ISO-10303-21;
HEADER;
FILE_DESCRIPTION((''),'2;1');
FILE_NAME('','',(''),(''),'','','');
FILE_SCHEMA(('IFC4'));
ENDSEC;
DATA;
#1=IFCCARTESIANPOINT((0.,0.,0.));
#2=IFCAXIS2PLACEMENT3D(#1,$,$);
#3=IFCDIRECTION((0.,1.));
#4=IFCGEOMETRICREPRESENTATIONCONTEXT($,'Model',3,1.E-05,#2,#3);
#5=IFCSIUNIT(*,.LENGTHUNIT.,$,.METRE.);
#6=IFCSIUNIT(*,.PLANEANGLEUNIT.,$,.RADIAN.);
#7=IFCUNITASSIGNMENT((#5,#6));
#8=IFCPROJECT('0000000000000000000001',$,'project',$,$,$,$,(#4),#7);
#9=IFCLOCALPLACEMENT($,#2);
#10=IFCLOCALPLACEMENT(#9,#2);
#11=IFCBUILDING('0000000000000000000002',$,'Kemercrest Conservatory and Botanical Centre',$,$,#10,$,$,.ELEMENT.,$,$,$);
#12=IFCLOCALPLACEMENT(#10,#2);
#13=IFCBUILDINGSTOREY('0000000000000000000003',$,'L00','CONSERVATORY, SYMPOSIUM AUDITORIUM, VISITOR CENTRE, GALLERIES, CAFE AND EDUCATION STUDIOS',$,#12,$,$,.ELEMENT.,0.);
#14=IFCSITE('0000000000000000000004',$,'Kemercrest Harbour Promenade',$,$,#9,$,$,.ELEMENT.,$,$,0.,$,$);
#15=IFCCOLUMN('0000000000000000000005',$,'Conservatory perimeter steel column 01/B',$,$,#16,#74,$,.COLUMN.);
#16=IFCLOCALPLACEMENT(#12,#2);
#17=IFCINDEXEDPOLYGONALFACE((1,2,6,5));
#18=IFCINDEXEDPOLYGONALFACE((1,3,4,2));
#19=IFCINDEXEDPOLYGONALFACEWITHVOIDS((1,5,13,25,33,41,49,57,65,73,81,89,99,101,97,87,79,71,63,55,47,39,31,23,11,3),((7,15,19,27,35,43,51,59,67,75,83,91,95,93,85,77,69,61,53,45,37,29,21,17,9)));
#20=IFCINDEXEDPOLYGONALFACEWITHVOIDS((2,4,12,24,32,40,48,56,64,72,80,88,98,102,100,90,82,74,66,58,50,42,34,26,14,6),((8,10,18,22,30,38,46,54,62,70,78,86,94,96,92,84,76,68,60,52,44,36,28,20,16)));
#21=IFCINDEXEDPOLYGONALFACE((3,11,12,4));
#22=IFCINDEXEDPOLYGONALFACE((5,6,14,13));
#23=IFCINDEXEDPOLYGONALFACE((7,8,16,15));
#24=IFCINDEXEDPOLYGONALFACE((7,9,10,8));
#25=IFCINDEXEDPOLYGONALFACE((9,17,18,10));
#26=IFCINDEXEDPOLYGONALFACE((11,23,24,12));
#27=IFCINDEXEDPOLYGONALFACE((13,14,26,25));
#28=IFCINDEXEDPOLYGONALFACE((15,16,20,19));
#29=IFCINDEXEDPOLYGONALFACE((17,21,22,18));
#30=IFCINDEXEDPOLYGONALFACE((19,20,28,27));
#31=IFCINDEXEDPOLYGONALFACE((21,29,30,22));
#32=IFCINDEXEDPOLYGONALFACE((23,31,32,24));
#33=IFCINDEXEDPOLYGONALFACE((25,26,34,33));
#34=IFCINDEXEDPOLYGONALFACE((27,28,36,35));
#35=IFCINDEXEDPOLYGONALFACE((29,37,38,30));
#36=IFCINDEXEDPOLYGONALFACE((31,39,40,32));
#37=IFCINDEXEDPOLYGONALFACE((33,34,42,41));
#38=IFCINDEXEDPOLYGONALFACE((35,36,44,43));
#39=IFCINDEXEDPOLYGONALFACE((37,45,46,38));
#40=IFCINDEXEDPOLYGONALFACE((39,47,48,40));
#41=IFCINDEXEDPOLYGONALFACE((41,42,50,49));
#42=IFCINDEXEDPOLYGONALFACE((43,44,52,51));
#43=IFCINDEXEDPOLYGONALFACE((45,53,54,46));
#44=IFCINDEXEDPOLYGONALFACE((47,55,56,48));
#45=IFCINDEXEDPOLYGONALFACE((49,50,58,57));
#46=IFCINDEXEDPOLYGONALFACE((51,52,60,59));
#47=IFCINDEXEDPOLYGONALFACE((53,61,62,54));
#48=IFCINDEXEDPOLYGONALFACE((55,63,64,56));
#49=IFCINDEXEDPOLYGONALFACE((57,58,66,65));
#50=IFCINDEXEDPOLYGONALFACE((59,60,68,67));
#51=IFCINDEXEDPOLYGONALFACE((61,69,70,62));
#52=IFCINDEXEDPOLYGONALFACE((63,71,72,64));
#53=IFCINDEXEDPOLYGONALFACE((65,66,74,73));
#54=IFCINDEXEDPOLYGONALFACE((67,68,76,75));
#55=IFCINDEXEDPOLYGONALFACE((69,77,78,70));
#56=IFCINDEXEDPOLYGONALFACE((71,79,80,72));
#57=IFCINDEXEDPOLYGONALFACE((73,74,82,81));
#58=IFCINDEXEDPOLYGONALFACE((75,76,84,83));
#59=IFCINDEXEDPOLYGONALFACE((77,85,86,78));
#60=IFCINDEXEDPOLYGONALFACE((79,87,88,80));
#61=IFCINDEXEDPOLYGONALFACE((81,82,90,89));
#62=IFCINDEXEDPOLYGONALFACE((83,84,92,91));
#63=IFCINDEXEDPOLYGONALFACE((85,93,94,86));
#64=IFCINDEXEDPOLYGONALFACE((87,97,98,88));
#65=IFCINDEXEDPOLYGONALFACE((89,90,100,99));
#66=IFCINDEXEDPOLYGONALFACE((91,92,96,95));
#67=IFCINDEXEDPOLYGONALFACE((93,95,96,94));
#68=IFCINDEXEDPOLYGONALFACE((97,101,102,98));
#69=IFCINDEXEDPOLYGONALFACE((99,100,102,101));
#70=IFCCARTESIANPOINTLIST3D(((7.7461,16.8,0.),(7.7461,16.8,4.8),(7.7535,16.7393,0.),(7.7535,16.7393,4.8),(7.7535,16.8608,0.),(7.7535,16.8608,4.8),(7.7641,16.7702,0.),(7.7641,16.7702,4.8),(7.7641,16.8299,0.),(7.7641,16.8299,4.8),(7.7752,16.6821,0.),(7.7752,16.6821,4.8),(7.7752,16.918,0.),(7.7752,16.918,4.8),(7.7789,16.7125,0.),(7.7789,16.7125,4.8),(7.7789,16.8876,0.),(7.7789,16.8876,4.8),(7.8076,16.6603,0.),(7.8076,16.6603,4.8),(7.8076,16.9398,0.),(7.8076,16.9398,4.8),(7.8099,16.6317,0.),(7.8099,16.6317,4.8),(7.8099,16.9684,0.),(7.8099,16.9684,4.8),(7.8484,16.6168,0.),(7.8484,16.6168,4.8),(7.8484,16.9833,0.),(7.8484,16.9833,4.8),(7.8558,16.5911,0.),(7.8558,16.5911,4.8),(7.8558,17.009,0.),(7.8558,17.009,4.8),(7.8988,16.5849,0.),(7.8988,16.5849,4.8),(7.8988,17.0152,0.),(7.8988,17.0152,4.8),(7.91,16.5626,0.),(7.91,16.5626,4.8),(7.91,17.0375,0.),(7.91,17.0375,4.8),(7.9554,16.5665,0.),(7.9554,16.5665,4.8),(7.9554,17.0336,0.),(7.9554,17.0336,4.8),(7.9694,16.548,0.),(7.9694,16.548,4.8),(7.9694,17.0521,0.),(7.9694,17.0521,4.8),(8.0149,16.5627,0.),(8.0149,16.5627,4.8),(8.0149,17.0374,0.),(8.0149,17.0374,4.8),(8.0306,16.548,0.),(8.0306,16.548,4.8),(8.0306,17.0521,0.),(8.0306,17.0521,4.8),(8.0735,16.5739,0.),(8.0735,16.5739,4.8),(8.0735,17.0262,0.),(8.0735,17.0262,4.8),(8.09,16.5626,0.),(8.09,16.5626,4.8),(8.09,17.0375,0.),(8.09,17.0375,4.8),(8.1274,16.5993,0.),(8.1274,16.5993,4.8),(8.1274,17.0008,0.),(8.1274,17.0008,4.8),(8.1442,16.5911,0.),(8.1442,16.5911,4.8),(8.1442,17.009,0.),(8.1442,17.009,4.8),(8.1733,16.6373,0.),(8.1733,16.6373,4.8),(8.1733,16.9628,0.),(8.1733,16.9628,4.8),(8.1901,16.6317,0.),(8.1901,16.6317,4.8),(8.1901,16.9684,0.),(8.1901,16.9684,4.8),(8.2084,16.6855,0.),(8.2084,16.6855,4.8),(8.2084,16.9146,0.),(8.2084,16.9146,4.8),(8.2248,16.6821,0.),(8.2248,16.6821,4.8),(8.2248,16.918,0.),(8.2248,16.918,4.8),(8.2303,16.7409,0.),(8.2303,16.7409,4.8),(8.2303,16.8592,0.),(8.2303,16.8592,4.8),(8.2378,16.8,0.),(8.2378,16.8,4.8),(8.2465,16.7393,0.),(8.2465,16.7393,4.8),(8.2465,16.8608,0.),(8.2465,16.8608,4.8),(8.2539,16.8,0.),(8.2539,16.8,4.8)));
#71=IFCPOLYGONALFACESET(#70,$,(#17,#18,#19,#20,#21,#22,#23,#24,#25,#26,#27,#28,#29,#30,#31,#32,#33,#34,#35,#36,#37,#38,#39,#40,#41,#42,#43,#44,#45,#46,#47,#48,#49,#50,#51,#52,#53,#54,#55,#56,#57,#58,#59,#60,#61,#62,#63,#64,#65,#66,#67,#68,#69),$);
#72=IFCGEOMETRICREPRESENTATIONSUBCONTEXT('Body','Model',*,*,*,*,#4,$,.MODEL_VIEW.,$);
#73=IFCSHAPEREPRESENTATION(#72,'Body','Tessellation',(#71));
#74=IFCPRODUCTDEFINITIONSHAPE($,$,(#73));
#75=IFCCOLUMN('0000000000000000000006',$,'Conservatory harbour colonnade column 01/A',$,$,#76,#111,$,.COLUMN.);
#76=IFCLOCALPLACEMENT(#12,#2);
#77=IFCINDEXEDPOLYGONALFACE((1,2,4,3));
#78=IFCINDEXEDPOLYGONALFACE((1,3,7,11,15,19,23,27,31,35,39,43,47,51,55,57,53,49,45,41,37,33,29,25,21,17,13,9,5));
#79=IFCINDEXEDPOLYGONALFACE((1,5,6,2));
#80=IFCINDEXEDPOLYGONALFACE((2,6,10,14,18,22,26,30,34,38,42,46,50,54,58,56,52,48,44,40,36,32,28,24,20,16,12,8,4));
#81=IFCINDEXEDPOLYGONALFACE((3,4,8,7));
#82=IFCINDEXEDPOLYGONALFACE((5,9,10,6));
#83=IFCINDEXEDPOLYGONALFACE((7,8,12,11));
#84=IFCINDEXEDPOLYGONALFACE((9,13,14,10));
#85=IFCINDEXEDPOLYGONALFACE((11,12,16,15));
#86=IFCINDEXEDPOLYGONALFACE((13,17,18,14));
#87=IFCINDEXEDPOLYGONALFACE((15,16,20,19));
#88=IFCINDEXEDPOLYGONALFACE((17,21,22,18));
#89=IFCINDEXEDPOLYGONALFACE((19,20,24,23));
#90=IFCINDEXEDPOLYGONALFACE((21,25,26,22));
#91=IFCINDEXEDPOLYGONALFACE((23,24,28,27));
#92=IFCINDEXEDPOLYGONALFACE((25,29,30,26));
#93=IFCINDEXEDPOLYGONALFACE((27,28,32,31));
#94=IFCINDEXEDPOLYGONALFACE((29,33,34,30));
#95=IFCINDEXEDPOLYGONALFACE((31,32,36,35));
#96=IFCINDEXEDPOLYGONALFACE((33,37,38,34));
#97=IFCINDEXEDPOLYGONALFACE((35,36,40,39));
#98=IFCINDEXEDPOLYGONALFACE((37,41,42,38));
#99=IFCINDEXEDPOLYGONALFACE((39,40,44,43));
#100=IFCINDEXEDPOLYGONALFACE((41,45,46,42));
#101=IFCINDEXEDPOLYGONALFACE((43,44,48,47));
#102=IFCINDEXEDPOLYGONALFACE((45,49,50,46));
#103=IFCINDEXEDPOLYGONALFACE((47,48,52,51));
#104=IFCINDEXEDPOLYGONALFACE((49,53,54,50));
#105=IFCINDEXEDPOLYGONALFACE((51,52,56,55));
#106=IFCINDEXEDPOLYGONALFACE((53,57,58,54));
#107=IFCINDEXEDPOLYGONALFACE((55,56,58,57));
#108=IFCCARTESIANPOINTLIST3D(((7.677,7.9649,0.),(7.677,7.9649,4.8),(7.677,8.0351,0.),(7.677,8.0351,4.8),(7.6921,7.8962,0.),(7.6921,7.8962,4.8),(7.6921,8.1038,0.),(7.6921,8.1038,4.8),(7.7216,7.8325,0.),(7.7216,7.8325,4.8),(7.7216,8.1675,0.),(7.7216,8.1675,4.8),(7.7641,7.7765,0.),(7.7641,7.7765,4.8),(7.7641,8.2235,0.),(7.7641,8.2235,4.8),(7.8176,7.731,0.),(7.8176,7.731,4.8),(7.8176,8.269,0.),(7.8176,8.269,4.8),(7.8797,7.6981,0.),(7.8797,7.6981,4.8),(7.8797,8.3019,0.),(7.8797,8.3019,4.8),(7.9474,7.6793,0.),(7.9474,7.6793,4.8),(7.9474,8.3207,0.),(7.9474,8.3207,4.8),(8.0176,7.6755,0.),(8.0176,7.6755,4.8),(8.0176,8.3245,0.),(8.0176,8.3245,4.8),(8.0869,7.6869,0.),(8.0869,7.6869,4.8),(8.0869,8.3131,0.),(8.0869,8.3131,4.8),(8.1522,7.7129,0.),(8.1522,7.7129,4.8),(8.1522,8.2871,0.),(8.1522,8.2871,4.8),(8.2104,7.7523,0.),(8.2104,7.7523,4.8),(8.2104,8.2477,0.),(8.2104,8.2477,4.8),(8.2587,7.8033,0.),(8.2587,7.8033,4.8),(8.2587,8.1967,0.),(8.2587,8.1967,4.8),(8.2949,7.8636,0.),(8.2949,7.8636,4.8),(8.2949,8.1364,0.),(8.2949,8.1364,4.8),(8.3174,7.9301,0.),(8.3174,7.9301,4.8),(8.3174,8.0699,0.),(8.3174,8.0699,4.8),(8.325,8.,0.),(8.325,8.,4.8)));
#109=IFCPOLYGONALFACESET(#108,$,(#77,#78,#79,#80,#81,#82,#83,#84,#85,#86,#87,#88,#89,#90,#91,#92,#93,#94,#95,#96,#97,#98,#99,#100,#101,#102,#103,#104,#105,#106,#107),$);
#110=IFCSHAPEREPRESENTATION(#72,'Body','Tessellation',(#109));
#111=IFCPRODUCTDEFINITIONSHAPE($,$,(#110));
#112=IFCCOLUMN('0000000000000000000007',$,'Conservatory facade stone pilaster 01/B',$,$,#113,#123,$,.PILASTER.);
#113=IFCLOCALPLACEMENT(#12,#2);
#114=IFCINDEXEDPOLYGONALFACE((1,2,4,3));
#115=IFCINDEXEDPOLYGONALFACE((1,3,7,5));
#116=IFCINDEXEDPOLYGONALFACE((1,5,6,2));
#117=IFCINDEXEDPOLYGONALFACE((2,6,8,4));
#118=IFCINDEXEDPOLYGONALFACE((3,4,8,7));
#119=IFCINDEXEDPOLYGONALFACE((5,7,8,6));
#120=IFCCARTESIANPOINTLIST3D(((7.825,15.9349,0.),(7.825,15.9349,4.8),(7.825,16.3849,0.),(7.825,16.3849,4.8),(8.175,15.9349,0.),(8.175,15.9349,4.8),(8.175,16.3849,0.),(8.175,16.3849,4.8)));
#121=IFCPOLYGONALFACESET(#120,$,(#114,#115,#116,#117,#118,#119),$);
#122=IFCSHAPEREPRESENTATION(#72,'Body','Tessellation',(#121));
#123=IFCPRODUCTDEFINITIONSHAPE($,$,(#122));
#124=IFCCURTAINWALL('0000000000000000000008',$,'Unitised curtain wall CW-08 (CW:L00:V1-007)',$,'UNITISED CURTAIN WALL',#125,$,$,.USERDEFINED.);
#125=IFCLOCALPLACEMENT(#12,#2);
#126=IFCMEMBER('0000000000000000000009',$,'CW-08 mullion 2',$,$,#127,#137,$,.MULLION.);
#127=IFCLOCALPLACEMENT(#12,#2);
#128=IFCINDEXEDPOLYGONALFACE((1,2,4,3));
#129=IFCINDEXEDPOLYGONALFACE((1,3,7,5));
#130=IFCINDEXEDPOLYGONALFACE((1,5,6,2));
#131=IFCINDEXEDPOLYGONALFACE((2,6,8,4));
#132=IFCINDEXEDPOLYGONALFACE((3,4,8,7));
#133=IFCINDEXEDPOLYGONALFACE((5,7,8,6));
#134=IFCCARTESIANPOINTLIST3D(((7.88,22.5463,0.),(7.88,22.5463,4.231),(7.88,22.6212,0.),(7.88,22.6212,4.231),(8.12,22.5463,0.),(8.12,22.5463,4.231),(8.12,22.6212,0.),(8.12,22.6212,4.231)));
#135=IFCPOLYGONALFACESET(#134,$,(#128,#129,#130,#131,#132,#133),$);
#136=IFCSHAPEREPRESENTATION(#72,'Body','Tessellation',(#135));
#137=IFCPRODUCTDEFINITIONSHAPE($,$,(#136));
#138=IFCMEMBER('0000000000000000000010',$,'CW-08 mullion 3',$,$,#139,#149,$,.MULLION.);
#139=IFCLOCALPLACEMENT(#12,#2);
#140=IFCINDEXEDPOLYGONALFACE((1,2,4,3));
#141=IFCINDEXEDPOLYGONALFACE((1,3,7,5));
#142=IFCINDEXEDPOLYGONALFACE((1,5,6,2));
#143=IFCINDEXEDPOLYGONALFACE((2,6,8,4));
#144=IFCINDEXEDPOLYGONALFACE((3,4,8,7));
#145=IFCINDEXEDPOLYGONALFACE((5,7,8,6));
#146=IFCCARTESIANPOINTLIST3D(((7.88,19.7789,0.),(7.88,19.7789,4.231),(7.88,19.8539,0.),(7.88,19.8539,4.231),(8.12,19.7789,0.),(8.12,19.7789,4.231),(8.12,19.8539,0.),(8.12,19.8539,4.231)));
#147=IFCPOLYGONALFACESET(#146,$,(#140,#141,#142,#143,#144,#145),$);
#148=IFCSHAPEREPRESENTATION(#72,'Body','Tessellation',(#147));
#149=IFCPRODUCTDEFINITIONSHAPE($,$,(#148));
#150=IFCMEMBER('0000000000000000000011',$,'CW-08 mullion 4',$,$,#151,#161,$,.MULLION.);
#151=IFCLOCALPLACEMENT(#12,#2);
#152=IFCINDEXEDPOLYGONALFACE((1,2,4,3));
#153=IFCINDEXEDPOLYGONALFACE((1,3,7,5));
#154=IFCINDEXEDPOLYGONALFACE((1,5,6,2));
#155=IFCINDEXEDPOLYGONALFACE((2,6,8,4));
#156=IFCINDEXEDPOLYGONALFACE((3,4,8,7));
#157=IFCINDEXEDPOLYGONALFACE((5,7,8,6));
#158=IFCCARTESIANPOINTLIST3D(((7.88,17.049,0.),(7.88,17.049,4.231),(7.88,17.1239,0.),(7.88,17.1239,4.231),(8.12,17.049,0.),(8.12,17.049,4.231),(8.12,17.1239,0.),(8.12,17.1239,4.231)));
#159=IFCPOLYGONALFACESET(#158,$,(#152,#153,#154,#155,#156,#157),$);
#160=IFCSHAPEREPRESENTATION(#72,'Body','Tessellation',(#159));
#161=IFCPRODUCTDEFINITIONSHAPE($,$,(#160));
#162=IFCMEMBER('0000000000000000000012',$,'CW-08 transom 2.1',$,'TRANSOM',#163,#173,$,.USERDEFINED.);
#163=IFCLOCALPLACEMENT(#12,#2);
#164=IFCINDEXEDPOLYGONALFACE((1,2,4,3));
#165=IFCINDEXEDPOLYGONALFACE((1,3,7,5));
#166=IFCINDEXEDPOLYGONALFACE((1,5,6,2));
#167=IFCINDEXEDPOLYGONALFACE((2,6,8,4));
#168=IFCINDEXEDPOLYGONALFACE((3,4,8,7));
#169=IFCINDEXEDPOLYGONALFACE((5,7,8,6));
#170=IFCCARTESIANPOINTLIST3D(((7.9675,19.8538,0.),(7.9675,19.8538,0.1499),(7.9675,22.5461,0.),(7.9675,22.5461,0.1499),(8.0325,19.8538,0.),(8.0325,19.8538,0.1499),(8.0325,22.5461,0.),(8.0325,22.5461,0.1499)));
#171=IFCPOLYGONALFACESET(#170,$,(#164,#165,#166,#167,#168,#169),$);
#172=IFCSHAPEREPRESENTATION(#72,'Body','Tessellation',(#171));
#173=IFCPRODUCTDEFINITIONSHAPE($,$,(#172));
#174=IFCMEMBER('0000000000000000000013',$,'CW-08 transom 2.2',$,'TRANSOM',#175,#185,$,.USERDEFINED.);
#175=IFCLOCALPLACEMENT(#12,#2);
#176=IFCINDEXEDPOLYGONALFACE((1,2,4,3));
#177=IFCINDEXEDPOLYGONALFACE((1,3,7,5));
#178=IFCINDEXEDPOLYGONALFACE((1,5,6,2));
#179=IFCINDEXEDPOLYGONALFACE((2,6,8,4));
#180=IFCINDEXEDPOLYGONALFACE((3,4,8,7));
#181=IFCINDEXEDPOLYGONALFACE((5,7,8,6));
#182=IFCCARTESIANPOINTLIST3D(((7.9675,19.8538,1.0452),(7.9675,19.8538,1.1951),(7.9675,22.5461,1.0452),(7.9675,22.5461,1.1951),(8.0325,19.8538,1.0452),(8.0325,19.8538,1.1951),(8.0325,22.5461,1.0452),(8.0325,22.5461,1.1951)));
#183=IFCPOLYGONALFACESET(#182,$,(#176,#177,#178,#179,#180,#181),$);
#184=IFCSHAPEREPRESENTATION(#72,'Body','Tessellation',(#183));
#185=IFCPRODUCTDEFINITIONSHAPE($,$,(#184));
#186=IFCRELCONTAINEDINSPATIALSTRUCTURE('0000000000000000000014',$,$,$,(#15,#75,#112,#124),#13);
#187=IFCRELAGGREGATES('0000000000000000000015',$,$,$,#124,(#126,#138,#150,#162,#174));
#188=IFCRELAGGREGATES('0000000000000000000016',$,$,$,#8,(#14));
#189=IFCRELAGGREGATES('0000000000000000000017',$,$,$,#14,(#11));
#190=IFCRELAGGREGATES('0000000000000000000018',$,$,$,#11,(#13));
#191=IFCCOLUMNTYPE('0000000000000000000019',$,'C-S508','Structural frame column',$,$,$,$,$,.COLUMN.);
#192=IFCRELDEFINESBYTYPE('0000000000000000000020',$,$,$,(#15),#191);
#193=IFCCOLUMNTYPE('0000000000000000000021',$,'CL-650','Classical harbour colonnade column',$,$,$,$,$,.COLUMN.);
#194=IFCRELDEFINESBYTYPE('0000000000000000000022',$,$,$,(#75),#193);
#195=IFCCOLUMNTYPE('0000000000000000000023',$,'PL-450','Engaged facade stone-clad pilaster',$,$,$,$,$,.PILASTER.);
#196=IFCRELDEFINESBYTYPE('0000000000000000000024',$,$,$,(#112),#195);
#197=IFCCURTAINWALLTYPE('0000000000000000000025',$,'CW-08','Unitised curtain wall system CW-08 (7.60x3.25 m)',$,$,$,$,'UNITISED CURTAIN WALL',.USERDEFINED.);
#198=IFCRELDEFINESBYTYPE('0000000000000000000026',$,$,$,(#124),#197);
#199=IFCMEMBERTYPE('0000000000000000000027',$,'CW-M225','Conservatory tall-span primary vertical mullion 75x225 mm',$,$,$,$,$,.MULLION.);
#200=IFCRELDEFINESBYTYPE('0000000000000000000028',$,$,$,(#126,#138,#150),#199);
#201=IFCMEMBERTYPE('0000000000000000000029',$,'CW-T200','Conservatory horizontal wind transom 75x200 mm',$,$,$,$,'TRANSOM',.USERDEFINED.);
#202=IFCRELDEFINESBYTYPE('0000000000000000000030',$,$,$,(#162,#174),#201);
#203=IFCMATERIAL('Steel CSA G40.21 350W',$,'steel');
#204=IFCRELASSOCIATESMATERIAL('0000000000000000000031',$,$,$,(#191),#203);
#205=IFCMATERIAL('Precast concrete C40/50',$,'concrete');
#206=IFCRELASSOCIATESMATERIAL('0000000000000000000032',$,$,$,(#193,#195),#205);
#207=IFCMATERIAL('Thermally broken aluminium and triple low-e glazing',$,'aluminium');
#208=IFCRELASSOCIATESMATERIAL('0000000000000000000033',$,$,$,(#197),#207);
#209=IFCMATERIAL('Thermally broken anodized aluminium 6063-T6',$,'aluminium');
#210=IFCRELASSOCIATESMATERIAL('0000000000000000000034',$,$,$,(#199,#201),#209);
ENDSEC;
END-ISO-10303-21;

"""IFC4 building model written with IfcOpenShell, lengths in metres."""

from ifc_helpers import new_model, si_unit, direction, frame, origin, origin_2d, place, context, subcontext, project, spatial, rectangle, circle, hollow_circle, extrude, material, material_profile, profile_set, type_object, element, aggregate, save


model = new_model("IFC4")

# Units and contexts
model_context = context("Model", 3, precision=1e-05, world=origin(), true_north=direction((0.0, 1.0)))
body_context = subcontext(model_context, "Body", "Model", "MODEL_VIEW")
ifc_project = project(units=[si_unit("LENGTHUNIT", "METRE"), si_unit("PLANEANGLEUNIT", "RADIAN")], contexts=[model_context])

# Site, building, storey
site_placement = place(None, origin())
site = spatial("IfcSite", under=ifc_project, at=site_placement, Name="Kemercrest Harbour Promenade", CompositionType="ELEMENT", RefElevation=0.0)
building_placement = place(site_placement, origin())
building = spatial("IfcBuilding", under=site, at=building_placement, Name="Kemercrest Conservatory and Botanical Centre", CompositionType="ELEMENT")
storey_placement = place(building_placement, origin())
storey = spatial("IfcBuildingStorey", under=building, at=storey_placement, Name="L00", Description="CONSERVATORY, SYMPOSIUM AUDITORIUM, VISITOR CENTRE, GALLERIES, CAFE AND EDUCATION STUDIOS", CompositionType="ELEMENT", Elevation=0.0)

# Columns
ifc_material_1 = material(Name="Steel CSA G40.21 350W", Category="steel")
ifc_material_profile_1 = material_profile(ifc_material_1, hollow_circle(Radius=0.2539, WallThickness=0.0161, at=origin_2d()), Name="CHS 508.0x16.0")
ifc_profile_set_1 = profile_set([ifc_material_profile_1], Name="Steel CSA G40.21 350W")
column_type_1 = type_object("IfcColumnType", Name="C-S508", Description="Structural frame column", PredefinedType="COLUMN", material=ifc_profile_set_1)
column_1_placement = place(storey_placement, frame((8.0, 16.8, 0.0), z_axis=(0.0, 0.0, 1.0), x_axis=(1.0, 0.0, 0.0)))
element("IfcColumn", 1, at=column_1_placement, inside=storey, type_object=column_type_1, Name="Conservatory perimeter steel column 01/B", PredefinedType="COLUMN", context=body_context, shape_type="SweptSolid", body=[
    extrude(hollow_circle(Radius=0.2539, WallThickness=0.0161, at=origin_2d()), origin(), (0.0, 0.0, 1.0), 4.8),
])
ifc_material_2 = material(Name="Precast concrete C40/50", Category="concrete")
ifc_material_profile_2 = material_profile(ifc_material_2, circle(Radius=0.325, at=origin_2d()), Name="COLONNADE D650")
ifc_profile_set_2 = profile_set([ifc_material_profile_2], Name="Precast concrete C40/50")
column_type_2 = type_object("IfcColumnType", Name="CL-650", Description="Classical harbour colonnade column", PredefinedType="COLUMN", material=ifc_profile_set_2)
column_2_placement = place(storey_placement, frame((8.0, 8.0, 0.0), z_axis=(0.0, 0.0, 1.0), x_axis=(1.0, 0.0, 0.0)))
element("IfcColumn", 2, at=column_2_placement, inside=storey, type_object=column_type_2, Name="Conservatory harbour colonnade column 01/A", PredefinedType="COLUMN", context=body_context, shape_type="SweptSolid", body=[
    extrude(circle(Radius=0.325, at=origin_2d()), origin(), (0.0, 0.0, 1.0), 4.8),
])
ifc_material_profile_3 = material_profile(ifc_material_2, rectangle(XDim=0.3501, YDim=0.45, at=origin_2d()), Name="RC 450x350")
ifc_profile_set_3 = profile_set([ifc_material_profile_3], Name="Precast concrete C40/50")
column_type_3 = type_object("IfcColumnType", Name="PL-450", Description="Engaged facade stone-clad pilaster", PredefinedType="PILASTER", material=ifc_profile_set_3)
column_3_placement = place(storey_placement, frame((8.0, 16.1599, 0.0), z_axis=(0.0, 0.0, 1.0), x_axis=(1.0, 0.0, 0.0)))
element("IfcColumn", 3, at=column_3_placement, inside=storey, type_object=column_type_3, Name="Conservatory facade stone pilaster 01/B", PredefinedType="PILASTER", context=body_context, shape_type="SweptSolid", body=[
    extrude(rectangle(XDim=0.3501, YDim=0.45, at=origin_2d()), origin(), (0.0, 0.0, 1.0), 4.8),
])

# Curtain wall, members
ifc_material_3 = material(Name="Thermally broken aluminium and triple low-e glazing", Category="aluminium")
curtain_wall_type = type_object("IfcCurtainWallType", Name="CW-08", Description="Unitised curtain wall system CW-08 (7.60x3.25 m)", ElementType="UNITISED CURTAIN WALL", PredefinedType="USERDEFINED", material=ifc_material_3)
curtain_wall_placement = place(storey_placement, origin())
curtain_wall = element("IfcCurtainWall", 4, at=curtain_wall_placement, inside=storey, type_object=curtain_wall_type, Name="Unitised curtain wall CW-08 (CW:L00:V1-007)", ObjectType="UNITISED CURTAIN WALL", PredefinedType="USERDEFINED")
ifc_material_4 = material(Name="Thermally broken anodized aluminium 6063-T6", Category="aluminium")
ifc_material_profile_4 = material_profile(ifc_material_4, rectangle(XDim=0.24, YDim=0.075, at=origin_2d()), Name="AL MULLION 75x240")
ifc_profile_set_4 = profile_set([ifc_material_profile_4], Name="Thermally broken anodized aluminium 6063-T6")
member_type_1 = type_object("IfcMemberType", Name="CW-M225", Description="Conservatory tall-span primary vertical mullion 75x225 mm", PredefinedType="MULLION", material=ifc_profile_set_4)
member_1_placement = place(storey_placement, frame((8.0, 22.5837, 0.0), z_axis=(0.0, 0.0, 1.0), x_axis=(1.0, 0.0, 0.0)))
member_1 = element("IfcMember", 5, at=member_1_placement, type_object=member_type_1, Name="CW-08 mullion 2", PredefinedType="MULLION", context=body_context, shape_type="SweptSolid", body=[
    extrude(rectangle(XDim=0.24, YDim=0.075, at=origin_2d()), origin(), (0.0, 0.0, 1.0), 4.231),
])
member_2_placement = place(storey_placement, frame((8.0, 19.8164, 0.0), z_axis=(0.0, 0.0, 1.0), x_axis=(1.0, 0.0, 0.0)))
member_2 = element("IfcMember", 6, at=member_2_placement, type_object=member_type_1, Name="CW-08 mullion 3", PredefinedType="MULLION", context=body_context, shape_type="SweptSolid", body=[
    extrude(rectangle(XDim=0.24, YDim=0.075, at=origin_2d()), origin(), (0.0, 0.0, 1.0), 4.231),
])
member_3_placement = place(storey_placement, frame((8.0, 17.0864, 0.0), z_axis=(0.0, 0.0, 1.0), x_axis=(1.0, 0.0, 0.0)))
member_3 = element("IfcMember", 7, at=member_3_placement, type_object=member_type_1, Name="CW-08 mullion 4", PredefinedType="MULLION", context=body_context, shape_type="SweptSolid", body=[
    extrude(rectangle(XDim=0.24, YDim=0.075, at=origin_2d()), origin(), (0.0, 0.0, 1.0), 4.231),
])
ifc_material_profile_5 = material_profile(ifc_material_4, rectangle(XDim=0.0649, YDim=0.1499, at=origin_2d()), Name="AL TRANSOM 65x150")
ifc_profile_set_5 = profile_set([ifc_material_profile_5], Name="Thermally broken anodized aluminium 6063-T6")
member_type_2 = type_object("IfcMemberType", Name="CW-T200", Description="Conservatory horizontal wind transom 75x200 mm", ElementType="TRANSOM", PredefinedType="USERDEFINED", material=ifc_profile_set_5)
member_4_placement = place(storey_placement, frame((8.0, 22.5461, 0.075), z_axis=(0.0, -1.0, 0.0), x_axis=(1.0, 0.0, 0.0)))
member_4 = element("IfcMember", 8, at=member_4_placement, type_object=member_type_2, Name="CW-08 transom 2.1", ObjectType="TRANSOM", PredefinedType="USERDEFINED", context=body_context, shape_type="SweptSolid", body=[
    extrude(rectangle(XDim=0.0649, YDim=0.1499, at=origin_2d()), origin(), (0.0, 0.0, 1.0), 2.6924),
])
member_5_placement = place(storey_placement, frame((8.0, 22.5461, 1.1201), z_axis=(0.0, -1.0, 0.0), x_axis=(1.0, 0.0, 0.0)))
member_5 = element("IfcMember", 9, at=member_5_placement, type_object=member_type_2, Name="CW-08 transom 2.2", ObjectType="TRANSOM", PredefinedType="USERDEFINED", context=body_context, shape_type="SweptSolid", body=[
    extrude(rectangle(XDim=0.0649, YDim=0.1499, at=origin_2d()), origin(), (0.0, 0.0, 1.0), 2.6924),
])

aggregate(curtain_wall, [member_1, member_2, member_3, member_4, member_5])

save(model, "model.ifc")
